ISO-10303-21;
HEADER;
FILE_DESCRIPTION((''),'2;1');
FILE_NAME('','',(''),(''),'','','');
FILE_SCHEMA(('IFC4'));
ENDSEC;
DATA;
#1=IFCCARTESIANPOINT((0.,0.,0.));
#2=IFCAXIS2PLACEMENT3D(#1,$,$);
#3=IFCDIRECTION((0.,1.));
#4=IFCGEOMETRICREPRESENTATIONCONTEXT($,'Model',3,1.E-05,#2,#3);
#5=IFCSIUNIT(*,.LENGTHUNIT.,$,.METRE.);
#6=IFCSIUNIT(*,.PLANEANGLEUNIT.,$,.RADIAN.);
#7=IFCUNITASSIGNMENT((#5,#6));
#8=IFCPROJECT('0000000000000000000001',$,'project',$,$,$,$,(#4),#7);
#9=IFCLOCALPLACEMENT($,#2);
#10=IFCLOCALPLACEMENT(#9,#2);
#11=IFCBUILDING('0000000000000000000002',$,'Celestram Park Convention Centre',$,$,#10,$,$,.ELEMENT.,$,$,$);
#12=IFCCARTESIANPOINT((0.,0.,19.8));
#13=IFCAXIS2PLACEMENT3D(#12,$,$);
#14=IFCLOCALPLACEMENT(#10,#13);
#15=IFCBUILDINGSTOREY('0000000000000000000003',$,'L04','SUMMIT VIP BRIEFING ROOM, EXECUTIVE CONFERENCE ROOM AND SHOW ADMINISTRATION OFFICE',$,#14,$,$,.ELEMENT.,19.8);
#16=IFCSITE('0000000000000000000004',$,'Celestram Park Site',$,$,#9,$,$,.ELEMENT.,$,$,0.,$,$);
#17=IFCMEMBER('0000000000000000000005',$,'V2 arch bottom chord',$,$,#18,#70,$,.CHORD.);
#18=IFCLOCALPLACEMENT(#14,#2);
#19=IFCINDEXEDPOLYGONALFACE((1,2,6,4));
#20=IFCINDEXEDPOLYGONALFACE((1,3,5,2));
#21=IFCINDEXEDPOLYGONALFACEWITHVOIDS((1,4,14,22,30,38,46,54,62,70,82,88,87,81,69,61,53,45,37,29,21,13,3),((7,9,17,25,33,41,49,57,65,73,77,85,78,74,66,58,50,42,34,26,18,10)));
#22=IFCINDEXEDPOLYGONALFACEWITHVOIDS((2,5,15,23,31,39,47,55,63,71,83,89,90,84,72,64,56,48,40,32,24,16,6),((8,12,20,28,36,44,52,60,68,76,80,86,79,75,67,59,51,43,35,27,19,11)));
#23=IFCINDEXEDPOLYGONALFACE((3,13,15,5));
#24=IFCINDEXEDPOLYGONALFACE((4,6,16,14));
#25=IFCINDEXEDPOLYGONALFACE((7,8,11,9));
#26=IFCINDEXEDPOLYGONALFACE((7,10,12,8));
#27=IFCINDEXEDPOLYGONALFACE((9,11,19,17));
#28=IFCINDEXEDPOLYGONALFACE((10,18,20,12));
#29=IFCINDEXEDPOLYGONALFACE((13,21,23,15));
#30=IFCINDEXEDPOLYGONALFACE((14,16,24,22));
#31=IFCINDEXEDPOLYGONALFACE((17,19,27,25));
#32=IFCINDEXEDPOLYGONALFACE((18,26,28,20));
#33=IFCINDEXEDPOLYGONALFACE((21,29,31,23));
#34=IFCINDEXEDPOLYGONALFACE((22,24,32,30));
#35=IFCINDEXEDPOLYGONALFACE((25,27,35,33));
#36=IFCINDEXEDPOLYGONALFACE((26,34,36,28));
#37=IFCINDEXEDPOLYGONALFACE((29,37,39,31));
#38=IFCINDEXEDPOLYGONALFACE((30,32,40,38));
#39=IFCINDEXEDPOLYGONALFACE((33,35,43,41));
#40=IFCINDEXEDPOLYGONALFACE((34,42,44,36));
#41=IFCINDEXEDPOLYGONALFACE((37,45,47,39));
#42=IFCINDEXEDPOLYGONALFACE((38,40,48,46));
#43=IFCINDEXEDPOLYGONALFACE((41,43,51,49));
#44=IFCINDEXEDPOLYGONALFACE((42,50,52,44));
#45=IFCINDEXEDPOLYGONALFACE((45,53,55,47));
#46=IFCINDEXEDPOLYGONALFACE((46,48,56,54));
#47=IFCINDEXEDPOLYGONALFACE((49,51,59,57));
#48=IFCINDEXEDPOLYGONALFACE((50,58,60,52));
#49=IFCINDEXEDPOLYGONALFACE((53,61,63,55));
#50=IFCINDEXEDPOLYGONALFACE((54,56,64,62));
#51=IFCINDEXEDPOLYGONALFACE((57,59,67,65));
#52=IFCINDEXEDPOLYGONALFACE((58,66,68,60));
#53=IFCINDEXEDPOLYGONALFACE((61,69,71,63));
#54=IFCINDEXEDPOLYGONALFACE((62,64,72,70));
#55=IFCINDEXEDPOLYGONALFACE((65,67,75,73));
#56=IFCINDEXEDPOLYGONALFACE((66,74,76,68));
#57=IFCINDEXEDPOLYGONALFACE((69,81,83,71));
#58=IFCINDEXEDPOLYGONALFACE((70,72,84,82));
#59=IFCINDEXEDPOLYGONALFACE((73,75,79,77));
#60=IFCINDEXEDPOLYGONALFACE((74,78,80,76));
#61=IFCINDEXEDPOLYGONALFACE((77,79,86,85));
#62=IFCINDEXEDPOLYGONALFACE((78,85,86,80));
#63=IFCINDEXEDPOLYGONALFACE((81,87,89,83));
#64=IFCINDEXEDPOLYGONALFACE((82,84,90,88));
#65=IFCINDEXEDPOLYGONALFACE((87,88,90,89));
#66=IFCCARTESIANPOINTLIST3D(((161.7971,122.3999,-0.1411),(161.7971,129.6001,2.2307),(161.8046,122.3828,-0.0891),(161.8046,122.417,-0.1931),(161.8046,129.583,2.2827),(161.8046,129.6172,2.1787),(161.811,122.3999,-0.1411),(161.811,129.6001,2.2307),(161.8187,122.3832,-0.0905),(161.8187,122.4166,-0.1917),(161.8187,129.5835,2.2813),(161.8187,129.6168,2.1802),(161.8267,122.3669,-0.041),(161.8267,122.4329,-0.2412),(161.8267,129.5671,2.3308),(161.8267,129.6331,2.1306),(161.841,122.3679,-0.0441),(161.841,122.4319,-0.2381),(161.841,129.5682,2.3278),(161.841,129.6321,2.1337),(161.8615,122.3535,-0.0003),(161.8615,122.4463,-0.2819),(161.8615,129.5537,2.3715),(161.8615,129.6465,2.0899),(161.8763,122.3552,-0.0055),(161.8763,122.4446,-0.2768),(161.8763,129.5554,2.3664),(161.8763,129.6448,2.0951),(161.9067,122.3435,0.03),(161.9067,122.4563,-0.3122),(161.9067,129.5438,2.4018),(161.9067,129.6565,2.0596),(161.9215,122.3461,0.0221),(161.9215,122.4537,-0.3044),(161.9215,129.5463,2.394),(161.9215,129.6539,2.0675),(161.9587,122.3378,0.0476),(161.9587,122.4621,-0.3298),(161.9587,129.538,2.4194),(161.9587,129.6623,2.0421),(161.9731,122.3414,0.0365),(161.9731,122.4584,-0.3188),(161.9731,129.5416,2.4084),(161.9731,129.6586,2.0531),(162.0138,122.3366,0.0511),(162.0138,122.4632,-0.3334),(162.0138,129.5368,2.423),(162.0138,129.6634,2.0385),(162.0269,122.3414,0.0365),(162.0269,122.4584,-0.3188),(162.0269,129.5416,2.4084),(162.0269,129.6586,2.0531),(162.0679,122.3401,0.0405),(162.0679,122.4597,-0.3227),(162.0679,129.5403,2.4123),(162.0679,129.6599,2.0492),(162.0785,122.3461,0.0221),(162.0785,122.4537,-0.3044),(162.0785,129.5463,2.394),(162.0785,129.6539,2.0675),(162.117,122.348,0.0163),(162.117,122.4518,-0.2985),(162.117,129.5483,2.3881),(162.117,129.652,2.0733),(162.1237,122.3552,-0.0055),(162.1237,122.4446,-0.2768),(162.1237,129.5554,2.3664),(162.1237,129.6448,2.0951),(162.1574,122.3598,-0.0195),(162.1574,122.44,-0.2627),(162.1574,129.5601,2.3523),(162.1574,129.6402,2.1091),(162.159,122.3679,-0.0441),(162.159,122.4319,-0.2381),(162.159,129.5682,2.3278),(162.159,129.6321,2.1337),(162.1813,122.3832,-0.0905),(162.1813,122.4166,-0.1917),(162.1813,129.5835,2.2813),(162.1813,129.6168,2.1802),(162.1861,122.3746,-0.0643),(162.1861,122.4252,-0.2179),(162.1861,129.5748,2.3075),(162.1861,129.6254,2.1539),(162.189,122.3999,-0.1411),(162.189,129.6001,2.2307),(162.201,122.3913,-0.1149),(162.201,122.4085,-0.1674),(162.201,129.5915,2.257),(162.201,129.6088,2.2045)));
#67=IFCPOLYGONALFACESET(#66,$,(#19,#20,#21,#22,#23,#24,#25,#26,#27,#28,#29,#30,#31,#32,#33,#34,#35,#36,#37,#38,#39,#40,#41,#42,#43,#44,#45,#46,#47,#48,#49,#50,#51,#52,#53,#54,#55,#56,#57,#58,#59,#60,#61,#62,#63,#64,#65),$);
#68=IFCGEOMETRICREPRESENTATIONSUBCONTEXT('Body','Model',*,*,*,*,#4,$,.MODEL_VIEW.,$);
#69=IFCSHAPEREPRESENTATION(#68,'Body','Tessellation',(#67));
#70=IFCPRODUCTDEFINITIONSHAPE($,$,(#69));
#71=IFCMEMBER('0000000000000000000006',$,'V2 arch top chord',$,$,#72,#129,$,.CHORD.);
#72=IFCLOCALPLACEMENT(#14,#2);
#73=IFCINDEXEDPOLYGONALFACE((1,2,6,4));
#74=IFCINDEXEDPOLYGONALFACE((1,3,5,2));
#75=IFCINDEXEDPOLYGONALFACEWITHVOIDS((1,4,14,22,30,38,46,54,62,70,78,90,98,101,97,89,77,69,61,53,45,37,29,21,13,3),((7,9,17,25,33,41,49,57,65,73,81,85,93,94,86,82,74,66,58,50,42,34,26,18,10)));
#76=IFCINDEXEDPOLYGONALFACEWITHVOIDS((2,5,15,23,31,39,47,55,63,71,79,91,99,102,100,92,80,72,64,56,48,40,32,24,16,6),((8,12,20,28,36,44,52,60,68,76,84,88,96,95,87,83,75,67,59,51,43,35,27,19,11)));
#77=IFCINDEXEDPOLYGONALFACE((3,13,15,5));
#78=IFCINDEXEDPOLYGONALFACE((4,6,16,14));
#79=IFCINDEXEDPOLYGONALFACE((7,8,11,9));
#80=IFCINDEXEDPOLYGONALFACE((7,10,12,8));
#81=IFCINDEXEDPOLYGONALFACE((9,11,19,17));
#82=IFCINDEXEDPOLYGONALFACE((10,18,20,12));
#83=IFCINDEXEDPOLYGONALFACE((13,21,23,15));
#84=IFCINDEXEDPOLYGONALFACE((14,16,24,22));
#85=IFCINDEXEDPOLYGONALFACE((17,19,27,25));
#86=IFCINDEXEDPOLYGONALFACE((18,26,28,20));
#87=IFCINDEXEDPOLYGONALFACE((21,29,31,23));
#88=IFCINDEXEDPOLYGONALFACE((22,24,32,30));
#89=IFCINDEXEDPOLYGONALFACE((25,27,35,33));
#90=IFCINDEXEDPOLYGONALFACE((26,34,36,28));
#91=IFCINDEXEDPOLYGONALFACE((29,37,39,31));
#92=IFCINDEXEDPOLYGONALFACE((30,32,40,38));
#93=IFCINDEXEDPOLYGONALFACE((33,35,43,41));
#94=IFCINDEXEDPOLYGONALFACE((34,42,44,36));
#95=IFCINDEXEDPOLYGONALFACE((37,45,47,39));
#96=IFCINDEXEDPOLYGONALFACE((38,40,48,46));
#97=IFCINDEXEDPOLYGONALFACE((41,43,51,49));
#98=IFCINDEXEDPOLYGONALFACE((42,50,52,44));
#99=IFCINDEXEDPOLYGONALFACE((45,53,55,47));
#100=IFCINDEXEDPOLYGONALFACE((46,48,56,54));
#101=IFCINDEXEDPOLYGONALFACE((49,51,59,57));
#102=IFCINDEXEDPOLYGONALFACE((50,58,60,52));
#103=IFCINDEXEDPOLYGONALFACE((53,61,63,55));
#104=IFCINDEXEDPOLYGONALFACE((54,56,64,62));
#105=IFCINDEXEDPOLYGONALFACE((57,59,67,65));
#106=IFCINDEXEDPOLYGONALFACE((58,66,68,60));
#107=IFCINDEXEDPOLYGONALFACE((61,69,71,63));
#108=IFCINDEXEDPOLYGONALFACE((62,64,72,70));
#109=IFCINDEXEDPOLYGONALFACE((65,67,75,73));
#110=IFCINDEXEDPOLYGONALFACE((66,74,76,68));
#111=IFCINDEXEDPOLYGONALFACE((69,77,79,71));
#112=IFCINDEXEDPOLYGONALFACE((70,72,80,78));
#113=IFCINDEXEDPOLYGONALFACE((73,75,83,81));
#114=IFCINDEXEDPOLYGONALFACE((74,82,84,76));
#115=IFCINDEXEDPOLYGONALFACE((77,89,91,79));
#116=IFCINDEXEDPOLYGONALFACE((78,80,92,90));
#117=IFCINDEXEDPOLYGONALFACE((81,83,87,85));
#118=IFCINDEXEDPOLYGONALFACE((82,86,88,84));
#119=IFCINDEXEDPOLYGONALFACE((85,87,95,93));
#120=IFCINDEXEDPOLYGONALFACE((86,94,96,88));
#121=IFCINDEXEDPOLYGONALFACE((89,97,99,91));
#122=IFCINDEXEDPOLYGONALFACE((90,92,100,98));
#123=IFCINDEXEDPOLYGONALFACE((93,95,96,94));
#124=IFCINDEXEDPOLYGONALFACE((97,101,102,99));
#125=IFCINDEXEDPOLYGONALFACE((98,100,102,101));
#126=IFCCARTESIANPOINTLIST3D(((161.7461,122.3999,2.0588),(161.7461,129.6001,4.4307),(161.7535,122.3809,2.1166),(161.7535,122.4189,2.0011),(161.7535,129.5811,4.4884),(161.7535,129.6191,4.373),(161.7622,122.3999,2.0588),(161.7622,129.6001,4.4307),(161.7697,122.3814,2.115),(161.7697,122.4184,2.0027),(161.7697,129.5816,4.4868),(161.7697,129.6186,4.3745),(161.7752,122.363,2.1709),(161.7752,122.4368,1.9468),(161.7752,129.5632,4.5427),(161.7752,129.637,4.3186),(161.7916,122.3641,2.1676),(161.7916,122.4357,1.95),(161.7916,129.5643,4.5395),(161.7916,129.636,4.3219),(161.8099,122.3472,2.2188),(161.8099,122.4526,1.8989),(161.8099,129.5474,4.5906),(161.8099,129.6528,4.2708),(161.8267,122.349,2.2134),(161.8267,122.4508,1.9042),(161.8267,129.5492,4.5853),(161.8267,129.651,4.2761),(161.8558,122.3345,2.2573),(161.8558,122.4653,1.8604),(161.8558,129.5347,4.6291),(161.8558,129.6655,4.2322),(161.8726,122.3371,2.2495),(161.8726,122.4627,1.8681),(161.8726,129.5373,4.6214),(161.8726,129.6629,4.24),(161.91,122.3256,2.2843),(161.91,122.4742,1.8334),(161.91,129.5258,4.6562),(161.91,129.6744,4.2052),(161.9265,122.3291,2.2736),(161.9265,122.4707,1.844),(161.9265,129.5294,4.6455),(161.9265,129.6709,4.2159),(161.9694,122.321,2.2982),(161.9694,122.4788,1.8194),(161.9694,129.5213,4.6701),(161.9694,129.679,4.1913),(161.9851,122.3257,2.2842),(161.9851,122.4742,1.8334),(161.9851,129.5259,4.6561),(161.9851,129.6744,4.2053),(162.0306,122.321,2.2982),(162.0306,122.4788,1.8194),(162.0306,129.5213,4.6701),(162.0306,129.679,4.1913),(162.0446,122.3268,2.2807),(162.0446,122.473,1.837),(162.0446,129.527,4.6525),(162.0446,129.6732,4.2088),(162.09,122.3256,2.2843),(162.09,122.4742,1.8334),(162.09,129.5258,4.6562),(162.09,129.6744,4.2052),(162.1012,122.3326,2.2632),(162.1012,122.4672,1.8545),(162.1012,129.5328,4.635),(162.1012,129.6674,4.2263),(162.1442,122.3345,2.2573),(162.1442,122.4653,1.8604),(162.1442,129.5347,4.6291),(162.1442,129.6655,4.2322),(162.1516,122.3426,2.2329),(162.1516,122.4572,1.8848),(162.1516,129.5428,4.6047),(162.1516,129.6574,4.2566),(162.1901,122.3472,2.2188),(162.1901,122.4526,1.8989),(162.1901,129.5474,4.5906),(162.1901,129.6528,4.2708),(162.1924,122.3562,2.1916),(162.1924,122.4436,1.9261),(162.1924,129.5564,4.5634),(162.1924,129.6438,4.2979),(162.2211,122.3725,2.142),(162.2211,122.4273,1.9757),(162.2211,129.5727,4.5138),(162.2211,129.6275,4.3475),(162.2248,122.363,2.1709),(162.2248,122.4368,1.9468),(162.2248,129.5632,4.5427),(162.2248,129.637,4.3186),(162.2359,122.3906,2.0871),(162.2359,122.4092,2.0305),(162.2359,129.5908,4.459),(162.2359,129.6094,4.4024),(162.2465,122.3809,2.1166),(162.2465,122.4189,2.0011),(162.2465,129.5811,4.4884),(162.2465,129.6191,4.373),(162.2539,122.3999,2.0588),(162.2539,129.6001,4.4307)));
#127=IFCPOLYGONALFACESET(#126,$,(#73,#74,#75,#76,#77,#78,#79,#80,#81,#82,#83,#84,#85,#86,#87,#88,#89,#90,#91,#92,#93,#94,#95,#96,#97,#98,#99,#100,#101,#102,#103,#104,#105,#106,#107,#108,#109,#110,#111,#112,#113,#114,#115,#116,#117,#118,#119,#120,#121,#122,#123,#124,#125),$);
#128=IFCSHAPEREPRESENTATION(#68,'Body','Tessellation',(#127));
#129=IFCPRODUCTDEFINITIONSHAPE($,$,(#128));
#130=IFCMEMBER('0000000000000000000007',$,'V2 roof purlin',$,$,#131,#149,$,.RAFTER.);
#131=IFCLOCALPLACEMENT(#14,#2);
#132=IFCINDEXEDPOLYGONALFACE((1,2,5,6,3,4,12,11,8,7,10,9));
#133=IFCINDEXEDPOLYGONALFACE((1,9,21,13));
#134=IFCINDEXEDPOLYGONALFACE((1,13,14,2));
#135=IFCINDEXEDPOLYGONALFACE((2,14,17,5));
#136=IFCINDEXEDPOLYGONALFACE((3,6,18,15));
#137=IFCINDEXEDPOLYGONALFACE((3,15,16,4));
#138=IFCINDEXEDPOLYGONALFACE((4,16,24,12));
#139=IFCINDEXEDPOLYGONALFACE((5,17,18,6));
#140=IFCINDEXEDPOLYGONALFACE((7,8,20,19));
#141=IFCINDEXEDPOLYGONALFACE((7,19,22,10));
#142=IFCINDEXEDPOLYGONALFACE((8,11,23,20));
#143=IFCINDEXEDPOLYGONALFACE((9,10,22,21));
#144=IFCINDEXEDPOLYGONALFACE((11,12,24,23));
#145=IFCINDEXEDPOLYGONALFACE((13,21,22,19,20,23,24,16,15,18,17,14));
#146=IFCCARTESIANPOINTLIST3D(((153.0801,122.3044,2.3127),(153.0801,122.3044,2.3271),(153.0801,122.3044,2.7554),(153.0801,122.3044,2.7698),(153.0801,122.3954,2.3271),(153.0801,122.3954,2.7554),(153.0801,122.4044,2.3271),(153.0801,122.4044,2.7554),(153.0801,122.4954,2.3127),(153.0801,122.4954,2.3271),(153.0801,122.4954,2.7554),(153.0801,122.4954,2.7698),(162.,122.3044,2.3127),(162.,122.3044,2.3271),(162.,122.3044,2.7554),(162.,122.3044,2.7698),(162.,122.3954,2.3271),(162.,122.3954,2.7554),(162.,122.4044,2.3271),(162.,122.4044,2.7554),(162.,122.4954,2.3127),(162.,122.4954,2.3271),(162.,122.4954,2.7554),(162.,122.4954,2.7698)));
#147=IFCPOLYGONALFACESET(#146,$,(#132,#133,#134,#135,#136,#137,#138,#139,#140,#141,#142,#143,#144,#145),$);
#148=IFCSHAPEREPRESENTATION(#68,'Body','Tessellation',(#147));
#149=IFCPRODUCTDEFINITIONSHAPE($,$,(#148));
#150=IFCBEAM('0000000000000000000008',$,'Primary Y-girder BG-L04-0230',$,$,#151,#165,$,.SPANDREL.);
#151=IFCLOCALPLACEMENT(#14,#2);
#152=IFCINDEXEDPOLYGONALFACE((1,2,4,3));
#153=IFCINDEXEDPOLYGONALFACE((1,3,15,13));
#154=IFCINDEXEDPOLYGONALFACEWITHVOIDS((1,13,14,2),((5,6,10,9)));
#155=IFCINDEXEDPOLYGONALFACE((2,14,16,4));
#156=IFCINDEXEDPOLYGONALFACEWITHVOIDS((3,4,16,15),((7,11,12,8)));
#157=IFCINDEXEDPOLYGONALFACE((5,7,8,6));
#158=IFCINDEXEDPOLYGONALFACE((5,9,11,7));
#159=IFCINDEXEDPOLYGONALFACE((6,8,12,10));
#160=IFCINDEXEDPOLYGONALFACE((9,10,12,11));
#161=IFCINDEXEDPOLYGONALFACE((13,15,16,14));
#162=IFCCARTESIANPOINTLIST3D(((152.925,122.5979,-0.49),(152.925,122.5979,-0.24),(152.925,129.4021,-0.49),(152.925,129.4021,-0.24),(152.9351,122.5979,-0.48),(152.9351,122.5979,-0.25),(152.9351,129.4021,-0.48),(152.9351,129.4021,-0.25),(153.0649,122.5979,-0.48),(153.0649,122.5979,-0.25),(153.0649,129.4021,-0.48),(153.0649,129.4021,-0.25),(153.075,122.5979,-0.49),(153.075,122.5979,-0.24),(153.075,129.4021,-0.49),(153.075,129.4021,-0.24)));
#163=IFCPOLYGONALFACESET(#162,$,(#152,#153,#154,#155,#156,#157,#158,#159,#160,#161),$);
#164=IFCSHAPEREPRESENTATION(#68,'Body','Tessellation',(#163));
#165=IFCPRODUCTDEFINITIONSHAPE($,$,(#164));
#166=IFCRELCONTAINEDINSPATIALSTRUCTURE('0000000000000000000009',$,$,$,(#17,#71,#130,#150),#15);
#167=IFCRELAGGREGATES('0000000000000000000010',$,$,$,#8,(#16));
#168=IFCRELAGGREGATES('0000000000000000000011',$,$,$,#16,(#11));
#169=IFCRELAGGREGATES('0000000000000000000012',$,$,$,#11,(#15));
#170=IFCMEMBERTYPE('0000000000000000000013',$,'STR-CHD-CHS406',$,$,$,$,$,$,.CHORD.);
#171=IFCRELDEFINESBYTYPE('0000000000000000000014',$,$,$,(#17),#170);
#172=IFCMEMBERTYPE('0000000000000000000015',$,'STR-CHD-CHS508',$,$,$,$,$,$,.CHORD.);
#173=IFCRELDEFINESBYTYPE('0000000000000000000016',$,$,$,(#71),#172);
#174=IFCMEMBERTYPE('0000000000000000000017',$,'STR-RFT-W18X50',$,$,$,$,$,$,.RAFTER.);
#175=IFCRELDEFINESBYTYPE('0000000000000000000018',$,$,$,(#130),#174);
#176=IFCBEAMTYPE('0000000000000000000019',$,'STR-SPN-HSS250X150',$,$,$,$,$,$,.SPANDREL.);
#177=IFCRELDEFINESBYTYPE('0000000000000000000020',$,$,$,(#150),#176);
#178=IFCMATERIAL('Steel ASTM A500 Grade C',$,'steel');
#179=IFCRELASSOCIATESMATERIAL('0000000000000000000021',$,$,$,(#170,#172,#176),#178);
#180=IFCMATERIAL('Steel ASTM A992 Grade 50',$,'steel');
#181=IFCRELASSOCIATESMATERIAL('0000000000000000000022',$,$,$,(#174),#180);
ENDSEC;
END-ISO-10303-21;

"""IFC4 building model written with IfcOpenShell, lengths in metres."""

from ifc_helpers import new_model, si_unit, direction, frame, origin, origin_2d, place, context, subcontext, project, spatial, hollow_rectangle, hollow_circle, i_section, extrude, material, material_profile, profile_set, type_object, element, save


model = new_model("IFC4")

# Units and contexts
model_context = context("Model", 3, precision=1e-05, world=origin(), true_north=direction((0.0, 1.0)))
body_context = subcontext(model_context, "Body", "Model", "MODEL_VIEW")
ifc_project = project(units=[si_unit("LENGTHUNIT", "METRE"), si_unit("PLANEANGLEUNIT", "RADIAN")], contexts=[model_context])

# Site, building, storey
site_placement = place(None, origin())
site = spatial("IfcSite", under=ifc_project, at=site_placement, Name="Celestram Park Site", CompositionType="ELEMENT", RefElevation=0.0)
building_placement = place(site_placement, origin())
building = spatial("IfcBuilding", under=site, at=building_placement, Name="Celestram Park Convention Centre", CompositionType="ELEMENT")
storey_placement = place(building_placement, frame((0.0, 0.0, 19.8)))
storey = spatial("IfcBuildingStorey", under=building, at=storey_placement, Name="L04", Description="SUMMIT VIP BRIEFING ROOM, EXECUTIVE CONFERENCE ROOM AND SHOW ADMINISTRATION OFFICE", CompositionType="ELEMENT", Elevation=19.8)

# Shared definitions
ifc_material_1 = material(Name="Steel ASTM A992 Grade 50", Category="steel")

# Members
ifc_material_2 = material(Name="Steel ASTM A500 Grade C", Category="steel")
ifc_material_profile_1 = material_profile(ifc_material_2, hollow_circle(Radius=0.2029, WallThickness=0.0139, at=origin_2d()), Name="CHS406X14")
ifc_profile_set_1 = profile_set([ifc_material_profile_1], Name="Steel ASTM A500 Grade C")
member_type_1 = type_object("IfcMemberType", Name="STR-CHD-CHS406", PredefinedType="CHORD", material=ifc_profile_set_1)
member_1_placement = place(storey_placement, frame((162.0, 122.3999, -0.1411), z_axis=(0.0, 0.949795, 0.312873), x_axis=(-1.0, 0.0, 0.0)))
element("IfcMember", 1, at=member_1_placement, inside=storey, type_object=member_type_1, Name="V2 arch bottom chord", PredefinedType="CHORD", context=body_context, shape_type="SweptSolid", body=[
    extrude(hollow_circle(Radius=0.2029, WallThickness=0.0139, at=origin_2d()), origin(), (0.0, 0.0, 1.0), 7.5808),
])
ifc_material_profile_2 = material_profile(ifc_material_2, hollow_circle(Radius=0.2539, WallThickness=0.0161, at=origin_2d()), Name="CHS508X16")
ifc_profile_set_2 = profile_set([ifc_material_profile_2], Name="Steel ASTM A500 Grade C")
member_type_2 = type_object("IfcMemberType", Name="STR-CHD-CHS508", PredefinedType="CHORD", material=ifc_profile_set_2)
member_2_placement = place(storey_placement, frame((162.0, 122.3999, 2.0588), z_axis=(0.0, 0.949795, 0.312873), x_axis=(-1.0, 0.0, 0.0)))
element("IfcMember", 2, at=member_2_placement, inside=storey, type_object=member_type_2, Name="V2 arch top chord", PredefinedType="CHORD", context=body_context, shape_type="SweptSolid", body=[
    extrude(hollow_circle(Radius=0.2539, WallThickness=0.0161, at=origin_2d()), origin(), (0.0, 0.0, 1.0), 7.5808),
])
ifc_material_profile_3 = material_profile(ifc_material_1, i_section(OverallWidth=0.1909, OverallDepth=0.457, WebThickness=0.009, FlangeThickness=0.0144, at=origin_2d()), Name="W18X50")
ifc_profile_set_3 = profile_set([ifc_material_profile_3], Name="Steel ASTM A992 Grade 50")
member_type_3 = type_object("IfcMemberType", Name="STR-RFT-W18X50", PredefinedType="RAFTER", material=ifc_profile_set_3)
member_3_placement = place(storey_placement, frame((153.0801, 122.3999, 2.5413), z_axis=(1.0, 0.0, 0.0), x_axis=(0.0, 1.0, 0.0)))
element("IfcMember", 3, at=member_3_placement, inside=storey, type_object=member_type_3, Name="V2 roof purlin", PredefinedType="RAFTER", context=body_context, shape_type="SweptSolid", body=[
    extrude(i_section(OverallWidth=0.1909, OverallDepth=0.457, WebThickness=0.009, FlangeThickness=0.0144, at=origin_2d()), origin(), (0.0, 0.0, 1.0), 8.9199),
])

# Beam
ifc_material_profile_4 = material_profile(ifc_material_2, hollow_rectangle(XDim=0.1499, YDim=0.25, WallThickness=0.01, at=origin_2d()), Name="HSS250X150X10")
ifc_profile_set_4 = profile_set([ifc_material_profile_4], Name="Steel ASTM A500 Grade C")
beam_type_1 = type_object("IfcBeamType", Name="STR-SPN-HSS250X150", PredefinedType="SPANDREL", material=ifc_profile_set_4)
beam_1_placement = place(storey_placement, frame((153.0, 122.5979, -0.365), z_axis=(0.0, 1.0, 0.0), x_axis=(-1.0, 0.0, 0.0)))
element("IfcBeam", 4, at=beam_1_placement, inside=storey, type_object=beam_type_1, Name="Primary Y-girder BG-L04-0230", PredefinedType="SPANDREL", context=body_context, shape_type="SweptSolid", body=[
    extrude(hollow_rectangle(XDim=0.1499, YDim=0.25, WallThickness=0.01, at=origin_2d()), origin(), (0.0, 0.0, 1.0), 6.8042),
])

save(model, "model.ifc")
